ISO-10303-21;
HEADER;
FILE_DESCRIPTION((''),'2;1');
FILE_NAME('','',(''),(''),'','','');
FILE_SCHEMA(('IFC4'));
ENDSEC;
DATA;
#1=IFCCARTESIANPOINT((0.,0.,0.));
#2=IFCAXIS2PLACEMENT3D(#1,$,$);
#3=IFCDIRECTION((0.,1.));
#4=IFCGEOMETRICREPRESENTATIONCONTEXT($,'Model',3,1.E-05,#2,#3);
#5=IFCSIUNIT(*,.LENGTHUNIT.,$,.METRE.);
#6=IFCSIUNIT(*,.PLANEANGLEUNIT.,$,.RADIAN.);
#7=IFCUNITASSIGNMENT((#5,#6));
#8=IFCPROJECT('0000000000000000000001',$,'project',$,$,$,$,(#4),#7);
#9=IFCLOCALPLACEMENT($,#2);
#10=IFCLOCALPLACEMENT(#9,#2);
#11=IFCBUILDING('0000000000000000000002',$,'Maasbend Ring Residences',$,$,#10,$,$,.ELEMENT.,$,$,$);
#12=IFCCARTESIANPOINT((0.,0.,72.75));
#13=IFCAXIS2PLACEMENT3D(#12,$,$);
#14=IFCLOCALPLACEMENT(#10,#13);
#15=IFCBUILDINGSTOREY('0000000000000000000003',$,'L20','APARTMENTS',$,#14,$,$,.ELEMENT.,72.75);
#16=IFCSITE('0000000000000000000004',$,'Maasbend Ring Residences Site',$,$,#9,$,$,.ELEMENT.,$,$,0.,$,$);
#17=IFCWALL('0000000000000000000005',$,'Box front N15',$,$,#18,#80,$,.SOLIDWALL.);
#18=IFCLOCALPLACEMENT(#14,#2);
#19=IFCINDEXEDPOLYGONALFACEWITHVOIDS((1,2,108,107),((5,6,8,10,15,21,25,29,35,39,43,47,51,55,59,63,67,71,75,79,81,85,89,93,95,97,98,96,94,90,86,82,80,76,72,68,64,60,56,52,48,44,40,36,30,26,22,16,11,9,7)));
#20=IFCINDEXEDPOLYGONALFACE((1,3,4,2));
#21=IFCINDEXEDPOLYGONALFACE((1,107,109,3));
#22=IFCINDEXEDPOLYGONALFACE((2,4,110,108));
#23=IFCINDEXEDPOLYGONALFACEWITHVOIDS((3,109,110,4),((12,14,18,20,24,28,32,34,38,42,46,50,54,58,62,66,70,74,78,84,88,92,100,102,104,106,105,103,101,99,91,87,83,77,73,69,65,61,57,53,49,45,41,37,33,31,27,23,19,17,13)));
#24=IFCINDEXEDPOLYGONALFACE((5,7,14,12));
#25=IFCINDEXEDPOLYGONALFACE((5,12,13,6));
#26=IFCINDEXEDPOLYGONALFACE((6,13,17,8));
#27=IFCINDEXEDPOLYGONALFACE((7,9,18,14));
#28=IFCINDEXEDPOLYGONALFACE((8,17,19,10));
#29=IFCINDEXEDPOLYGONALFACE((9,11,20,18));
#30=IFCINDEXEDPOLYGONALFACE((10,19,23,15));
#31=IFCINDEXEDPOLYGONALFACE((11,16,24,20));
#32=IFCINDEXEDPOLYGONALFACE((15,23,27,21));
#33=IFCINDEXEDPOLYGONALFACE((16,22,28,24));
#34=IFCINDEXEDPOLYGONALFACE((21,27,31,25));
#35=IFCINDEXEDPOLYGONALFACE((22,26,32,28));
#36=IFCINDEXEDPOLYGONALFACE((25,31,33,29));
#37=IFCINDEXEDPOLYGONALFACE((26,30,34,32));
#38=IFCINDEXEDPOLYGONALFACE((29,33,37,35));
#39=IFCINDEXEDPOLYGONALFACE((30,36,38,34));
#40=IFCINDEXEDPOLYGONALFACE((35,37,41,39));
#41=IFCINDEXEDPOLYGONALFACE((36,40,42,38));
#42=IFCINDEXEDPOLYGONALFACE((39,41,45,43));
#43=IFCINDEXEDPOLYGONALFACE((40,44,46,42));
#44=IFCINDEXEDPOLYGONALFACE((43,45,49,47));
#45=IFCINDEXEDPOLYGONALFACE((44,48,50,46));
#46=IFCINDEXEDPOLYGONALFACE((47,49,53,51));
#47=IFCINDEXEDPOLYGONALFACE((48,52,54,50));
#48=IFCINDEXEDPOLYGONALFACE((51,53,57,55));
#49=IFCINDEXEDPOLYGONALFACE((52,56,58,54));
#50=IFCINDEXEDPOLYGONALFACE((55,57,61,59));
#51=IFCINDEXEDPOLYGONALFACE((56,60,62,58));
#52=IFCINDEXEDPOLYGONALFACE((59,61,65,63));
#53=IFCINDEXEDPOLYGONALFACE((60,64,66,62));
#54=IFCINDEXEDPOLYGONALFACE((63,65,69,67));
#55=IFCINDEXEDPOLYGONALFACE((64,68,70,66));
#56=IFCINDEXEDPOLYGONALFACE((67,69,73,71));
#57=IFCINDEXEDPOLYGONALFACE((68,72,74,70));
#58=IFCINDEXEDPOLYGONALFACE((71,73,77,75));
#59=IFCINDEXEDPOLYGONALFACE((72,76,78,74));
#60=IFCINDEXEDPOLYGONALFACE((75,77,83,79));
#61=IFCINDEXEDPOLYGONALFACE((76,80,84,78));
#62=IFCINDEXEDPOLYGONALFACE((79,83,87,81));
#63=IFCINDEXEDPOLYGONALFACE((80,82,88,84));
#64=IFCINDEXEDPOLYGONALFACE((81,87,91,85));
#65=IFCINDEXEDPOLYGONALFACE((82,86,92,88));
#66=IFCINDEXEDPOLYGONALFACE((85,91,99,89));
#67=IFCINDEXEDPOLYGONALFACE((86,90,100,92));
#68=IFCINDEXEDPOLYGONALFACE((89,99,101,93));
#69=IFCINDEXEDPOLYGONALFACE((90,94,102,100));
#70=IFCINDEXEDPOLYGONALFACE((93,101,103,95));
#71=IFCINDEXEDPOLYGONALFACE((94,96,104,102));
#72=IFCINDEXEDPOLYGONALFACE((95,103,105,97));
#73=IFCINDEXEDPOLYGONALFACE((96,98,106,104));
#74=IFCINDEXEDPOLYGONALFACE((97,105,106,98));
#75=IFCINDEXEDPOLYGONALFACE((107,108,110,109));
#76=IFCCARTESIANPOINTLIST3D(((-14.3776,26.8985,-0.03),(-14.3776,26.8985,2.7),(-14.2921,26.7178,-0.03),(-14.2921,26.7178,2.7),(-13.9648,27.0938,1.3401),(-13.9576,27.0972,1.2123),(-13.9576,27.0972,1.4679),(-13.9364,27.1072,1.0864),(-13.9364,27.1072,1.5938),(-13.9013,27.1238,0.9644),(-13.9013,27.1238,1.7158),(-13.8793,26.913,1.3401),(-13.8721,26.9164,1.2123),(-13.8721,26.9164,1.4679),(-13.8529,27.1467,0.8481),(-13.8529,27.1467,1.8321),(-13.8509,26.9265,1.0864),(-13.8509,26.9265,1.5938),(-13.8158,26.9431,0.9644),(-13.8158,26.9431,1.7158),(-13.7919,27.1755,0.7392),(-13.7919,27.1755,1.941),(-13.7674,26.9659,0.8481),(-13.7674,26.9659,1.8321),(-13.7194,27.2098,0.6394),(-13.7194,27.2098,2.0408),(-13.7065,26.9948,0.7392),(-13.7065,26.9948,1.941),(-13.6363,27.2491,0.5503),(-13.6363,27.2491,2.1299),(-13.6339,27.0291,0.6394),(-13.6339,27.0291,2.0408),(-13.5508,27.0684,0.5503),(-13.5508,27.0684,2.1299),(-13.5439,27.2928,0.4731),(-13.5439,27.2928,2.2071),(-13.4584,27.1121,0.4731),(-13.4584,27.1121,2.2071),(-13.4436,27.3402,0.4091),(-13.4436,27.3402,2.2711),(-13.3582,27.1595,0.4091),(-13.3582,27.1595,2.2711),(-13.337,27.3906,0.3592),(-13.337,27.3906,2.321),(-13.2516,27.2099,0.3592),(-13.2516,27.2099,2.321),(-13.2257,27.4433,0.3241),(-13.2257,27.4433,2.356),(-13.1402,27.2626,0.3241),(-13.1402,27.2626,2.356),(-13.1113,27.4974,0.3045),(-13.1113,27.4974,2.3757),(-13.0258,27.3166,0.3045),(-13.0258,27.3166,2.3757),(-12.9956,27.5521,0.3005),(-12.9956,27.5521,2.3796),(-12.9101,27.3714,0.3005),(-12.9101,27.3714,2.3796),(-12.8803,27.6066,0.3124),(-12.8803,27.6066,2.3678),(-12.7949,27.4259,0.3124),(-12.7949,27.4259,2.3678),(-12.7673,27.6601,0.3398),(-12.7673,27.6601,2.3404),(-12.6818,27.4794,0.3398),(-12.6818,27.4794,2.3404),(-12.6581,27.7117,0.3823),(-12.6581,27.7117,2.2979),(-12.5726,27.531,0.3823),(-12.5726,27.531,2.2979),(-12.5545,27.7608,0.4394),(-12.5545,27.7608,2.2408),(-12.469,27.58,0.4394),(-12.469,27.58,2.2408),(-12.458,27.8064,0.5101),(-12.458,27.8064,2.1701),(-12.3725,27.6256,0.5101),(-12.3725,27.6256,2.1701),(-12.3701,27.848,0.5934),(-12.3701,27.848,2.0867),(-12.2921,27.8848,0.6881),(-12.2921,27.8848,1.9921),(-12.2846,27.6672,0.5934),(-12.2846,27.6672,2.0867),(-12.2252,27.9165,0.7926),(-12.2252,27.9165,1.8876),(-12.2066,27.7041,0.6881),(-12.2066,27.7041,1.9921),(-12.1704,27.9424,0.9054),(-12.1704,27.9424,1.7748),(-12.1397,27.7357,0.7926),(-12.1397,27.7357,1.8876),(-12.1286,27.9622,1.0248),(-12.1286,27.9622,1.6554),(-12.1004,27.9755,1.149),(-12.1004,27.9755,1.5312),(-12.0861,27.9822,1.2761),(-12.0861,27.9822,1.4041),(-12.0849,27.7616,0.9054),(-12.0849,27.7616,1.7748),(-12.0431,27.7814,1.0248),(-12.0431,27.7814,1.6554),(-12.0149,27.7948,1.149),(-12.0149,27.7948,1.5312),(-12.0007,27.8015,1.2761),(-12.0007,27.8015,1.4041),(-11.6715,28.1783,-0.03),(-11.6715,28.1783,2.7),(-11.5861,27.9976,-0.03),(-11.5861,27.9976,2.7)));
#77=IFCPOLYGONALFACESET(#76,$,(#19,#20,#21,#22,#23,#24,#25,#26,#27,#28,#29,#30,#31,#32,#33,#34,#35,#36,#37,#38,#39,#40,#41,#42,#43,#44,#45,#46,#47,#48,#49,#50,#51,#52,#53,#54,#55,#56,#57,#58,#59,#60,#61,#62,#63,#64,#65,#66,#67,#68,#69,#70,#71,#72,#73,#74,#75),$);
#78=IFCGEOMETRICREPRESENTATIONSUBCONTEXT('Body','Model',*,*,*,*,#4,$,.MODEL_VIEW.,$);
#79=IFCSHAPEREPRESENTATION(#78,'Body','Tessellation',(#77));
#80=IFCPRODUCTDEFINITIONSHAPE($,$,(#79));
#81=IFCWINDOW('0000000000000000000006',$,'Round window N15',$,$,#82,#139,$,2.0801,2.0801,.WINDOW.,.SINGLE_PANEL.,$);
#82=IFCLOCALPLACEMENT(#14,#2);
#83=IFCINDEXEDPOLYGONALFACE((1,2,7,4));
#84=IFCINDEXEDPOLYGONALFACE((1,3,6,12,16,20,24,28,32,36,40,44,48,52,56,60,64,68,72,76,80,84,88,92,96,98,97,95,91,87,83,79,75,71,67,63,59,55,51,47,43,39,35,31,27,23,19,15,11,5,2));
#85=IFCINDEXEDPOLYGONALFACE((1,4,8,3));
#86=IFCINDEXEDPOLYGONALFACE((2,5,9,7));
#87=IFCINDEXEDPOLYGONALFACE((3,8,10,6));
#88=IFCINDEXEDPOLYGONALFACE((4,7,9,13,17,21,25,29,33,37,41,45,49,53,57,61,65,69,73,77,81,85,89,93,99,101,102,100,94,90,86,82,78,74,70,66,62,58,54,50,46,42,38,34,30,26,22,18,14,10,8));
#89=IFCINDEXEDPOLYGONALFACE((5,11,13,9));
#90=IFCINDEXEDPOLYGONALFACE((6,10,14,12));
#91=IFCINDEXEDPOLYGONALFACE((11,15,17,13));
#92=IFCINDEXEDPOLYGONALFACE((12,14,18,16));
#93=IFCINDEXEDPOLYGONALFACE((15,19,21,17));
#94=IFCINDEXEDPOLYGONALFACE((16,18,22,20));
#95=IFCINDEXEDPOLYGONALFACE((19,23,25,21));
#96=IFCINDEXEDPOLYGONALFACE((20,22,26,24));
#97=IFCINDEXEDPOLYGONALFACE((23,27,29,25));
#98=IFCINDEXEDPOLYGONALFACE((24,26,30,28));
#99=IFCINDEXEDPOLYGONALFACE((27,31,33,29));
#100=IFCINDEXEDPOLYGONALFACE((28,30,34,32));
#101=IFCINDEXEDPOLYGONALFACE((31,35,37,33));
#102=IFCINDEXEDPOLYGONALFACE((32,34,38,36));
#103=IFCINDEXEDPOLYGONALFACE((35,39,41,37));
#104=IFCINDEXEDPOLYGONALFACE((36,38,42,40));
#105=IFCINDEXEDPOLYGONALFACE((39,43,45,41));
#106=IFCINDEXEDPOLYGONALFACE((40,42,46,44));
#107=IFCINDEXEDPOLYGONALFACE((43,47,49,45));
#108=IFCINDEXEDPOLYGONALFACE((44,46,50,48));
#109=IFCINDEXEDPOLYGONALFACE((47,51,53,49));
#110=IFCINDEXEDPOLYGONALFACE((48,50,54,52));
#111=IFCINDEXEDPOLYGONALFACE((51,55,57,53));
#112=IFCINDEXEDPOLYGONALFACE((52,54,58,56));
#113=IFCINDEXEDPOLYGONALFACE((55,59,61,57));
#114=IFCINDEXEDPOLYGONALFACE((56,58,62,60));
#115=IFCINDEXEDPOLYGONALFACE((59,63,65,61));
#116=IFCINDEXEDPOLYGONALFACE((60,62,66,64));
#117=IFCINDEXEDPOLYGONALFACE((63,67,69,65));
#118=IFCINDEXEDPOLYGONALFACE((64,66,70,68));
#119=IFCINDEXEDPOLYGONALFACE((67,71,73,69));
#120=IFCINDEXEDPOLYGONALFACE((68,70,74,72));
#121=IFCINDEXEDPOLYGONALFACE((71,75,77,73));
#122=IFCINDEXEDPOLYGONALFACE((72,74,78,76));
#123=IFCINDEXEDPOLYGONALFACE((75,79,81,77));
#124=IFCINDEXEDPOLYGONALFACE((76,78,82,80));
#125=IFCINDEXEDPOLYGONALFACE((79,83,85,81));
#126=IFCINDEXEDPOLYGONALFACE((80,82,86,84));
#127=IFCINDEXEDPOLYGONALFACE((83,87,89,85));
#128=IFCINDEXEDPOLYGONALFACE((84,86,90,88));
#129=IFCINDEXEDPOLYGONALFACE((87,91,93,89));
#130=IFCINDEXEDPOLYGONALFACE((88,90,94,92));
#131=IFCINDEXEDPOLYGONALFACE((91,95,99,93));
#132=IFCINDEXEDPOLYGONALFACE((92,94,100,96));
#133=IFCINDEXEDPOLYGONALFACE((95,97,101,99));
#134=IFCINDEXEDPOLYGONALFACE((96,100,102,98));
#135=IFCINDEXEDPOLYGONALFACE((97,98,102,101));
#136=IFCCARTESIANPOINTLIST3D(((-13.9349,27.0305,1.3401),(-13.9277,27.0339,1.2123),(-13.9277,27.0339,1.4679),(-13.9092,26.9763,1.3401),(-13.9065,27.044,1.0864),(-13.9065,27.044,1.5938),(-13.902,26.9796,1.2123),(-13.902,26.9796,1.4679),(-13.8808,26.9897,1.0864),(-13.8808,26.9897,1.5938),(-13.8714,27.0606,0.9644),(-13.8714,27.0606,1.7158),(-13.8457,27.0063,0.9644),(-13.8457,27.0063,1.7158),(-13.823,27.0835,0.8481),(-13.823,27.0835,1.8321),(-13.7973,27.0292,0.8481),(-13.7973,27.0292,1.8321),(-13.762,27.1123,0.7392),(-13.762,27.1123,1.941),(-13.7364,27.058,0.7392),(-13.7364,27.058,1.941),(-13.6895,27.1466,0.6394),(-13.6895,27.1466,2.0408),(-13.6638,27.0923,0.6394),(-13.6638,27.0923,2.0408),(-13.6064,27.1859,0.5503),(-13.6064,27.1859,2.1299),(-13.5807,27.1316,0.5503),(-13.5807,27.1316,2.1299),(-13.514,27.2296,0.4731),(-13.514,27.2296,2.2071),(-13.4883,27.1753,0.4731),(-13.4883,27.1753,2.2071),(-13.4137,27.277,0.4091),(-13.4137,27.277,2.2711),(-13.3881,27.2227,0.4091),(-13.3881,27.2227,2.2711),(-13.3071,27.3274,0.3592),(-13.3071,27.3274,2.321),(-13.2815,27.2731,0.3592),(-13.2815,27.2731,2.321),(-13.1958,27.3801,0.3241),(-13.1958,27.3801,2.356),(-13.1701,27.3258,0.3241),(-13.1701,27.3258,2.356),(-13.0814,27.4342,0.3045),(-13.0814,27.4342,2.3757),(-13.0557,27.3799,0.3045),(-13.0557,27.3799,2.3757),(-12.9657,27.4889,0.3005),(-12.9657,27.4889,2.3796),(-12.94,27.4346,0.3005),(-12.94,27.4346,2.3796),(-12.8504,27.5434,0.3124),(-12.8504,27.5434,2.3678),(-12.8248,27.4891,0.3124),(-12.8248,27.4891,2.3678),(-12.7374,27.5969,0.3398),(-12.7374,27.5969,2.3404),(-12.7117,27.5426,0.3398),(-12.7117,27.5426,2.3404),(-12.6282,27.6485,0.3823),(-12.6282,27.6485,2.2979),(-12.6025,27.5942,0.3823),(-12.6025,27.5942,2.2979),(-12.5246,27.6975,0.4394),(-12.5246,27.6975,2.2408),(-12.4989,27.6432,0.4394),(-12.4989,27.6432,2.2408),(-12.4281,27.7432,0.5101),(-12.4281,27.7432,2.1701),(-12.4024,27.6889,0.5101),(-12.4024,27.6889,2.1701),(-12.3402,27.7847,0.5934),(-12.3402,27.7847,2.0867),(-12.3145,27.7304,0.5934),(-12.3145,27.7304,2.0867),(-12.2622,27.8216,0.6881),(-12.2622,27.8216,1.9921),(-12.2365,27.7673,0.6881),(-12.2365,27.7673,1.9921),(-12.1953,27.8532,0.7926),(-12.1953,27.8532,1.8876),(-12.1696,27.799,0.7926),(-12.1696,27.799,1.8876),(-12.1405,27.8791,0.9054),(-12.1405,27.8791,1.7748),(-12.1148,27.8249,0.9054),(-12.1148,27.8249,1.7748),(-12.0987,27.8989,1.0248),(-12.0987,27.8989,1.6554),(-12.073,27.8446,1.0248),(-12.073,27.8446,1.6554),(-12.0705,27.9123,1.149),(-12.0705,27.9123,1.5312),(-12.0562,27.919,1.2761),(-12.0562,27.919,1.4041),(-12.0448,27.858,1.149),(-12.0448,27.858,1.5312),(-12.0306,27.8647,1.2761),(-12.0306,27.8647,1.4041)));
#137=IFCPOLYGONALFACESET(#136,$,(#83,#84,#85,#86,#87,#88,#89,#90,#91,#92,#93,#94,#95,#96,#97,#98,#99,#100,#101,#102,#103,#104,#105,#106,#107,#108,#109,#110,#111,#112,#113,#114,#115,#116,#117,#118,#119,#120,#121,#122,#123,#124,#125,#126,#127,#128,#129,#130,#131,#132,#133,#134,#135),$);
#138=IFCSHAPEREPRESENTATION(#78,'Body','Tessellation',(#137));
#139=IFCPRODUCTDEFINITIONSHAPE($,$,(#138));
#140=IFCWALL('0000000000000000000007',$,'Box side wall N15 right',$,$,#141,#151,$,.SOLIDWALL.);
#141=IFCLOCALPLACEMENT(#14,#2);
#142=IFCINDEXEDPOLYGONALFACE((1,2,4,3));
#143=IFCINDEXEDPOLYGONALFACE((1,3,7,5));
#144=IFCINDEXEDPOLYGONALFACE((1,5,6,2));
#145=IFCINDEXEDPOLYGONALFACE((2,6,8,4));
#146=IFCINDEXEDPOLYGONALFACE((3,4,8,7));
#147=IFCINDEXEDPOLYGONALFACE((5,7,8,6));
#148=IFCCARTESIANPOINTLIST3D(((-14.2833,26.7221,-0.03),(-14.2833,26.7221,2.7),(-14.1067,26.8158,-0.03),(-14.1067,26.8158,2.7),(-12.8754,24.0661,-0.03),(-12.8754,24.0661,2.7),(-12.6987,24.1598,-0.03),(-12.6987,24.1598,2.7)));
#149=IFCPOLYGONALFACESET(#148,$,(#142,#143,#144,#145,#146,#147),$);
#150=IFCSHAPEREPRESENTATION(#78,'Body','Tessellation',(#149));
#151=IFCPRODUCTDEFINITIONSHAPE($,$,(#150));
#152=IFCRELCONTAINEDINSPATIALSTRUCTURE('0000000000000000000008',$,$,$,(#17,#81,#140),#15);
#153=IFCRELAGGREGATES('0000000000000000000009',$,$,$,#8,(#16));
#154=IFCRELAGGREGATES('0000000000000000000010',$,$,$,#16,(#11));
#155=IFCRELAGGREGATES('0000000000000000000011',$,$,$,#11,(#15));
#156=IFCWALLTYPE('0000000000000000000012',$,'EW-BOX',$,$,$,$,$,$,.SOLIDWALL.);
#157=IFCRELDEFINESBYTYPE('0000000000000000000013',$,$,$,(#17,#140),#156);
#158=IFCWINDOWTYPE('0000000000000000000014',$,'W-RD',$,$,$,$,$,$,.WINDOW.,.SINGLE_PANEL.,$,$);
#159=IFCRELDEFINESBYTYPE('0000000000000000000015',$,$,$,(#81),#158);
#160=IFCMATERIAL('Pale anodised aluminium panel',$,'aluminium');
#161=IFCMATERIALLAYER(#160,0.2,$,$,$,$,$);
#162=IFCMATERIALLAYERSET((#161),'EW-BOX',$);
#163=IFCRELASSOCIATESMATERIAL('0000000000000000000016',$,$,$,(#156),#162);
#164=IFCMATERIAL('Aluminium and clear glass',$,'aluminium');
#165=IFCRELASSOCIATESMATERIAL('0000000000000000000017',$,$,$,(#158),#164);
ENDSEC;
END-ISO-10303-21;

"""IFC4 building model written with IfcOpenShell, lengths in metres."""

from ifc_helpers import new_model, si_unit, direction, frame, frame_2d, origin, place, context, subcontext, project, spatial, rectangle, circle, extrude, material, layer, layer_set, type_object, element, fill, save


model = new_model("IFC4")

# Units and contexts
model_context = context("Model", 3, precision=1e-05, world=origin(), true_north=direction((0.0, 1.0)))
body_context = subcontext(model_context, "Body", "Model", "MODEL_VIEW")
ifc_project = project(units=[si_unit("LENGTHUNIT", "METRE"), si_unit("PLANEANGLEUNIT", "RADIAN")], contexts=[model_context])

# Site, building, storey
site_placement = place(None, origin())
site = spatial("IfcSite", under=ifc_project, at=site_placement, Name="Maasbend Ring Residences Site", CompositionType="ELEMENT", RefElevation=0.0)
building_placement = place(site_placement, origin())
building = spatial("IfcBuilding", under=site, at=building_placement, Name="Maasbend Ring Residences", CompositionType="ELEMENT")
storey_placement = place(building_placement, frame((0.0, 0.0, 72.75)))
storey = spatial("IfcBuildingStorey", under=building, at=storey_placement, Name="L20", Description="APARTMENTS", CompositionType="ELEMENT", Elevation=72.75)

# Wall, opening, window
ifc_material_1 = material(Name="Pale anodised aluminium panel", Category="aluminium")
ifc_layer_1 = layer(ifc_material_1, 0.2)
ifc_layer_set_1 = layer_set([ifc_layer_1], Name="EW-BOX")
wall_type_1 = type_object("IfcWallType", Name="EW-BOX", PredefinedType="SOLIDWALL", material=ifc_layer_set_1)
wall_1_placement = place(storey_placement, frame((-11.6289, 28.0879, -0.03), z_axis=(0.0, 0.0, 1.0), x_axis=(-0.904, -0.427532, 0.0)))
wall_1 = element("IfcWall", 1, at=wall_1_placement, inside=storey, type_object=wall_type_1, Name="Box front N15", PredefinedType="SOLIDWALL", context=body_context, shape_type="SweptSolid", body=[
    extrude(rectangle(XDim=2.9934, YDim=0.2, at=frame_2d((1.4966, 0.0))), origin(), (0.0, 0.0, 1.0), 2.73),
])
opening_1_placement = place(wall_1_placement, frame((0.4565, 0.0, 0.3301)))
opening_1 = element("IfcOpeningElement", 2, at=opening_1_placement, cuts=wall_1, PredefinedType="OPENING", context=body_context, shape_type="SweptSolid", body=[
    extrude(circle(Radius=1.04, at=frame_2d((1.04, 1.04))), frame((0.0, 0.1099, 0.0), z_axis=(0.0, -1.0, 0.0), x_axis=(1.0, 0.0, 0.0)), (0.0, 0.0, 1.0), 0.22),
])
ifc_material_2 = material(Name="Aluminium and clear glass", Category="aluminium")
window_type_1 = type_object("IfcWindowType", Name="W-RD", PartitioningType="SINGLE_PANEL", PredefinedType="WINDOW", material=ifc_material_2)
window_1_placement = place(opening_1_placement, origin())
window_1 = element("IfcWindow", 3, at=window_1_placement, inside=storey, type_object=window_type_1, Name="Round window N15", OverallHeight=2.0801, OverallWidth=2.0801, PartitioningType="SINGLE_PANEL", PredefinedType="WINDOW", context=body_context, shape_type="SweptSolid", body=[
    extrude(circle(Radius=1.04, at=frame_2d((1.04, 1.04))), frame((0.0, 0.03, 0.0), z_axis=(0.0, -1.0, 0.0), x_axis=(1.0, 0.0, 0.0)), (0.0, 0.0, 1.0), 0.0601),
])
fill(opening_1, window_1)

# Wall
wall_2_placement = place(storey_placement, frame((-12.7871, 24.113, -0.03), z_axis=(0.0, 0.0, 1.0), x_axis=(-0.468365, 0.883535, 0.0)))
element("IfcWall", 4, at=wall_2_placement, inside=storey, type_object=wall_type_1, Name="Box side wall N15 right", PredefinedType="SOLIDWALL", context=body_context, shape_type="SweptSolid", body=[
    extrude(rectangle(XDim=3.0061, YDim=0.2, at=frame_2d((1.5029, 0.0))), origin(), (0.0, 0.0, 1.0), 2.73),
])

save(model, "model.ifc")
